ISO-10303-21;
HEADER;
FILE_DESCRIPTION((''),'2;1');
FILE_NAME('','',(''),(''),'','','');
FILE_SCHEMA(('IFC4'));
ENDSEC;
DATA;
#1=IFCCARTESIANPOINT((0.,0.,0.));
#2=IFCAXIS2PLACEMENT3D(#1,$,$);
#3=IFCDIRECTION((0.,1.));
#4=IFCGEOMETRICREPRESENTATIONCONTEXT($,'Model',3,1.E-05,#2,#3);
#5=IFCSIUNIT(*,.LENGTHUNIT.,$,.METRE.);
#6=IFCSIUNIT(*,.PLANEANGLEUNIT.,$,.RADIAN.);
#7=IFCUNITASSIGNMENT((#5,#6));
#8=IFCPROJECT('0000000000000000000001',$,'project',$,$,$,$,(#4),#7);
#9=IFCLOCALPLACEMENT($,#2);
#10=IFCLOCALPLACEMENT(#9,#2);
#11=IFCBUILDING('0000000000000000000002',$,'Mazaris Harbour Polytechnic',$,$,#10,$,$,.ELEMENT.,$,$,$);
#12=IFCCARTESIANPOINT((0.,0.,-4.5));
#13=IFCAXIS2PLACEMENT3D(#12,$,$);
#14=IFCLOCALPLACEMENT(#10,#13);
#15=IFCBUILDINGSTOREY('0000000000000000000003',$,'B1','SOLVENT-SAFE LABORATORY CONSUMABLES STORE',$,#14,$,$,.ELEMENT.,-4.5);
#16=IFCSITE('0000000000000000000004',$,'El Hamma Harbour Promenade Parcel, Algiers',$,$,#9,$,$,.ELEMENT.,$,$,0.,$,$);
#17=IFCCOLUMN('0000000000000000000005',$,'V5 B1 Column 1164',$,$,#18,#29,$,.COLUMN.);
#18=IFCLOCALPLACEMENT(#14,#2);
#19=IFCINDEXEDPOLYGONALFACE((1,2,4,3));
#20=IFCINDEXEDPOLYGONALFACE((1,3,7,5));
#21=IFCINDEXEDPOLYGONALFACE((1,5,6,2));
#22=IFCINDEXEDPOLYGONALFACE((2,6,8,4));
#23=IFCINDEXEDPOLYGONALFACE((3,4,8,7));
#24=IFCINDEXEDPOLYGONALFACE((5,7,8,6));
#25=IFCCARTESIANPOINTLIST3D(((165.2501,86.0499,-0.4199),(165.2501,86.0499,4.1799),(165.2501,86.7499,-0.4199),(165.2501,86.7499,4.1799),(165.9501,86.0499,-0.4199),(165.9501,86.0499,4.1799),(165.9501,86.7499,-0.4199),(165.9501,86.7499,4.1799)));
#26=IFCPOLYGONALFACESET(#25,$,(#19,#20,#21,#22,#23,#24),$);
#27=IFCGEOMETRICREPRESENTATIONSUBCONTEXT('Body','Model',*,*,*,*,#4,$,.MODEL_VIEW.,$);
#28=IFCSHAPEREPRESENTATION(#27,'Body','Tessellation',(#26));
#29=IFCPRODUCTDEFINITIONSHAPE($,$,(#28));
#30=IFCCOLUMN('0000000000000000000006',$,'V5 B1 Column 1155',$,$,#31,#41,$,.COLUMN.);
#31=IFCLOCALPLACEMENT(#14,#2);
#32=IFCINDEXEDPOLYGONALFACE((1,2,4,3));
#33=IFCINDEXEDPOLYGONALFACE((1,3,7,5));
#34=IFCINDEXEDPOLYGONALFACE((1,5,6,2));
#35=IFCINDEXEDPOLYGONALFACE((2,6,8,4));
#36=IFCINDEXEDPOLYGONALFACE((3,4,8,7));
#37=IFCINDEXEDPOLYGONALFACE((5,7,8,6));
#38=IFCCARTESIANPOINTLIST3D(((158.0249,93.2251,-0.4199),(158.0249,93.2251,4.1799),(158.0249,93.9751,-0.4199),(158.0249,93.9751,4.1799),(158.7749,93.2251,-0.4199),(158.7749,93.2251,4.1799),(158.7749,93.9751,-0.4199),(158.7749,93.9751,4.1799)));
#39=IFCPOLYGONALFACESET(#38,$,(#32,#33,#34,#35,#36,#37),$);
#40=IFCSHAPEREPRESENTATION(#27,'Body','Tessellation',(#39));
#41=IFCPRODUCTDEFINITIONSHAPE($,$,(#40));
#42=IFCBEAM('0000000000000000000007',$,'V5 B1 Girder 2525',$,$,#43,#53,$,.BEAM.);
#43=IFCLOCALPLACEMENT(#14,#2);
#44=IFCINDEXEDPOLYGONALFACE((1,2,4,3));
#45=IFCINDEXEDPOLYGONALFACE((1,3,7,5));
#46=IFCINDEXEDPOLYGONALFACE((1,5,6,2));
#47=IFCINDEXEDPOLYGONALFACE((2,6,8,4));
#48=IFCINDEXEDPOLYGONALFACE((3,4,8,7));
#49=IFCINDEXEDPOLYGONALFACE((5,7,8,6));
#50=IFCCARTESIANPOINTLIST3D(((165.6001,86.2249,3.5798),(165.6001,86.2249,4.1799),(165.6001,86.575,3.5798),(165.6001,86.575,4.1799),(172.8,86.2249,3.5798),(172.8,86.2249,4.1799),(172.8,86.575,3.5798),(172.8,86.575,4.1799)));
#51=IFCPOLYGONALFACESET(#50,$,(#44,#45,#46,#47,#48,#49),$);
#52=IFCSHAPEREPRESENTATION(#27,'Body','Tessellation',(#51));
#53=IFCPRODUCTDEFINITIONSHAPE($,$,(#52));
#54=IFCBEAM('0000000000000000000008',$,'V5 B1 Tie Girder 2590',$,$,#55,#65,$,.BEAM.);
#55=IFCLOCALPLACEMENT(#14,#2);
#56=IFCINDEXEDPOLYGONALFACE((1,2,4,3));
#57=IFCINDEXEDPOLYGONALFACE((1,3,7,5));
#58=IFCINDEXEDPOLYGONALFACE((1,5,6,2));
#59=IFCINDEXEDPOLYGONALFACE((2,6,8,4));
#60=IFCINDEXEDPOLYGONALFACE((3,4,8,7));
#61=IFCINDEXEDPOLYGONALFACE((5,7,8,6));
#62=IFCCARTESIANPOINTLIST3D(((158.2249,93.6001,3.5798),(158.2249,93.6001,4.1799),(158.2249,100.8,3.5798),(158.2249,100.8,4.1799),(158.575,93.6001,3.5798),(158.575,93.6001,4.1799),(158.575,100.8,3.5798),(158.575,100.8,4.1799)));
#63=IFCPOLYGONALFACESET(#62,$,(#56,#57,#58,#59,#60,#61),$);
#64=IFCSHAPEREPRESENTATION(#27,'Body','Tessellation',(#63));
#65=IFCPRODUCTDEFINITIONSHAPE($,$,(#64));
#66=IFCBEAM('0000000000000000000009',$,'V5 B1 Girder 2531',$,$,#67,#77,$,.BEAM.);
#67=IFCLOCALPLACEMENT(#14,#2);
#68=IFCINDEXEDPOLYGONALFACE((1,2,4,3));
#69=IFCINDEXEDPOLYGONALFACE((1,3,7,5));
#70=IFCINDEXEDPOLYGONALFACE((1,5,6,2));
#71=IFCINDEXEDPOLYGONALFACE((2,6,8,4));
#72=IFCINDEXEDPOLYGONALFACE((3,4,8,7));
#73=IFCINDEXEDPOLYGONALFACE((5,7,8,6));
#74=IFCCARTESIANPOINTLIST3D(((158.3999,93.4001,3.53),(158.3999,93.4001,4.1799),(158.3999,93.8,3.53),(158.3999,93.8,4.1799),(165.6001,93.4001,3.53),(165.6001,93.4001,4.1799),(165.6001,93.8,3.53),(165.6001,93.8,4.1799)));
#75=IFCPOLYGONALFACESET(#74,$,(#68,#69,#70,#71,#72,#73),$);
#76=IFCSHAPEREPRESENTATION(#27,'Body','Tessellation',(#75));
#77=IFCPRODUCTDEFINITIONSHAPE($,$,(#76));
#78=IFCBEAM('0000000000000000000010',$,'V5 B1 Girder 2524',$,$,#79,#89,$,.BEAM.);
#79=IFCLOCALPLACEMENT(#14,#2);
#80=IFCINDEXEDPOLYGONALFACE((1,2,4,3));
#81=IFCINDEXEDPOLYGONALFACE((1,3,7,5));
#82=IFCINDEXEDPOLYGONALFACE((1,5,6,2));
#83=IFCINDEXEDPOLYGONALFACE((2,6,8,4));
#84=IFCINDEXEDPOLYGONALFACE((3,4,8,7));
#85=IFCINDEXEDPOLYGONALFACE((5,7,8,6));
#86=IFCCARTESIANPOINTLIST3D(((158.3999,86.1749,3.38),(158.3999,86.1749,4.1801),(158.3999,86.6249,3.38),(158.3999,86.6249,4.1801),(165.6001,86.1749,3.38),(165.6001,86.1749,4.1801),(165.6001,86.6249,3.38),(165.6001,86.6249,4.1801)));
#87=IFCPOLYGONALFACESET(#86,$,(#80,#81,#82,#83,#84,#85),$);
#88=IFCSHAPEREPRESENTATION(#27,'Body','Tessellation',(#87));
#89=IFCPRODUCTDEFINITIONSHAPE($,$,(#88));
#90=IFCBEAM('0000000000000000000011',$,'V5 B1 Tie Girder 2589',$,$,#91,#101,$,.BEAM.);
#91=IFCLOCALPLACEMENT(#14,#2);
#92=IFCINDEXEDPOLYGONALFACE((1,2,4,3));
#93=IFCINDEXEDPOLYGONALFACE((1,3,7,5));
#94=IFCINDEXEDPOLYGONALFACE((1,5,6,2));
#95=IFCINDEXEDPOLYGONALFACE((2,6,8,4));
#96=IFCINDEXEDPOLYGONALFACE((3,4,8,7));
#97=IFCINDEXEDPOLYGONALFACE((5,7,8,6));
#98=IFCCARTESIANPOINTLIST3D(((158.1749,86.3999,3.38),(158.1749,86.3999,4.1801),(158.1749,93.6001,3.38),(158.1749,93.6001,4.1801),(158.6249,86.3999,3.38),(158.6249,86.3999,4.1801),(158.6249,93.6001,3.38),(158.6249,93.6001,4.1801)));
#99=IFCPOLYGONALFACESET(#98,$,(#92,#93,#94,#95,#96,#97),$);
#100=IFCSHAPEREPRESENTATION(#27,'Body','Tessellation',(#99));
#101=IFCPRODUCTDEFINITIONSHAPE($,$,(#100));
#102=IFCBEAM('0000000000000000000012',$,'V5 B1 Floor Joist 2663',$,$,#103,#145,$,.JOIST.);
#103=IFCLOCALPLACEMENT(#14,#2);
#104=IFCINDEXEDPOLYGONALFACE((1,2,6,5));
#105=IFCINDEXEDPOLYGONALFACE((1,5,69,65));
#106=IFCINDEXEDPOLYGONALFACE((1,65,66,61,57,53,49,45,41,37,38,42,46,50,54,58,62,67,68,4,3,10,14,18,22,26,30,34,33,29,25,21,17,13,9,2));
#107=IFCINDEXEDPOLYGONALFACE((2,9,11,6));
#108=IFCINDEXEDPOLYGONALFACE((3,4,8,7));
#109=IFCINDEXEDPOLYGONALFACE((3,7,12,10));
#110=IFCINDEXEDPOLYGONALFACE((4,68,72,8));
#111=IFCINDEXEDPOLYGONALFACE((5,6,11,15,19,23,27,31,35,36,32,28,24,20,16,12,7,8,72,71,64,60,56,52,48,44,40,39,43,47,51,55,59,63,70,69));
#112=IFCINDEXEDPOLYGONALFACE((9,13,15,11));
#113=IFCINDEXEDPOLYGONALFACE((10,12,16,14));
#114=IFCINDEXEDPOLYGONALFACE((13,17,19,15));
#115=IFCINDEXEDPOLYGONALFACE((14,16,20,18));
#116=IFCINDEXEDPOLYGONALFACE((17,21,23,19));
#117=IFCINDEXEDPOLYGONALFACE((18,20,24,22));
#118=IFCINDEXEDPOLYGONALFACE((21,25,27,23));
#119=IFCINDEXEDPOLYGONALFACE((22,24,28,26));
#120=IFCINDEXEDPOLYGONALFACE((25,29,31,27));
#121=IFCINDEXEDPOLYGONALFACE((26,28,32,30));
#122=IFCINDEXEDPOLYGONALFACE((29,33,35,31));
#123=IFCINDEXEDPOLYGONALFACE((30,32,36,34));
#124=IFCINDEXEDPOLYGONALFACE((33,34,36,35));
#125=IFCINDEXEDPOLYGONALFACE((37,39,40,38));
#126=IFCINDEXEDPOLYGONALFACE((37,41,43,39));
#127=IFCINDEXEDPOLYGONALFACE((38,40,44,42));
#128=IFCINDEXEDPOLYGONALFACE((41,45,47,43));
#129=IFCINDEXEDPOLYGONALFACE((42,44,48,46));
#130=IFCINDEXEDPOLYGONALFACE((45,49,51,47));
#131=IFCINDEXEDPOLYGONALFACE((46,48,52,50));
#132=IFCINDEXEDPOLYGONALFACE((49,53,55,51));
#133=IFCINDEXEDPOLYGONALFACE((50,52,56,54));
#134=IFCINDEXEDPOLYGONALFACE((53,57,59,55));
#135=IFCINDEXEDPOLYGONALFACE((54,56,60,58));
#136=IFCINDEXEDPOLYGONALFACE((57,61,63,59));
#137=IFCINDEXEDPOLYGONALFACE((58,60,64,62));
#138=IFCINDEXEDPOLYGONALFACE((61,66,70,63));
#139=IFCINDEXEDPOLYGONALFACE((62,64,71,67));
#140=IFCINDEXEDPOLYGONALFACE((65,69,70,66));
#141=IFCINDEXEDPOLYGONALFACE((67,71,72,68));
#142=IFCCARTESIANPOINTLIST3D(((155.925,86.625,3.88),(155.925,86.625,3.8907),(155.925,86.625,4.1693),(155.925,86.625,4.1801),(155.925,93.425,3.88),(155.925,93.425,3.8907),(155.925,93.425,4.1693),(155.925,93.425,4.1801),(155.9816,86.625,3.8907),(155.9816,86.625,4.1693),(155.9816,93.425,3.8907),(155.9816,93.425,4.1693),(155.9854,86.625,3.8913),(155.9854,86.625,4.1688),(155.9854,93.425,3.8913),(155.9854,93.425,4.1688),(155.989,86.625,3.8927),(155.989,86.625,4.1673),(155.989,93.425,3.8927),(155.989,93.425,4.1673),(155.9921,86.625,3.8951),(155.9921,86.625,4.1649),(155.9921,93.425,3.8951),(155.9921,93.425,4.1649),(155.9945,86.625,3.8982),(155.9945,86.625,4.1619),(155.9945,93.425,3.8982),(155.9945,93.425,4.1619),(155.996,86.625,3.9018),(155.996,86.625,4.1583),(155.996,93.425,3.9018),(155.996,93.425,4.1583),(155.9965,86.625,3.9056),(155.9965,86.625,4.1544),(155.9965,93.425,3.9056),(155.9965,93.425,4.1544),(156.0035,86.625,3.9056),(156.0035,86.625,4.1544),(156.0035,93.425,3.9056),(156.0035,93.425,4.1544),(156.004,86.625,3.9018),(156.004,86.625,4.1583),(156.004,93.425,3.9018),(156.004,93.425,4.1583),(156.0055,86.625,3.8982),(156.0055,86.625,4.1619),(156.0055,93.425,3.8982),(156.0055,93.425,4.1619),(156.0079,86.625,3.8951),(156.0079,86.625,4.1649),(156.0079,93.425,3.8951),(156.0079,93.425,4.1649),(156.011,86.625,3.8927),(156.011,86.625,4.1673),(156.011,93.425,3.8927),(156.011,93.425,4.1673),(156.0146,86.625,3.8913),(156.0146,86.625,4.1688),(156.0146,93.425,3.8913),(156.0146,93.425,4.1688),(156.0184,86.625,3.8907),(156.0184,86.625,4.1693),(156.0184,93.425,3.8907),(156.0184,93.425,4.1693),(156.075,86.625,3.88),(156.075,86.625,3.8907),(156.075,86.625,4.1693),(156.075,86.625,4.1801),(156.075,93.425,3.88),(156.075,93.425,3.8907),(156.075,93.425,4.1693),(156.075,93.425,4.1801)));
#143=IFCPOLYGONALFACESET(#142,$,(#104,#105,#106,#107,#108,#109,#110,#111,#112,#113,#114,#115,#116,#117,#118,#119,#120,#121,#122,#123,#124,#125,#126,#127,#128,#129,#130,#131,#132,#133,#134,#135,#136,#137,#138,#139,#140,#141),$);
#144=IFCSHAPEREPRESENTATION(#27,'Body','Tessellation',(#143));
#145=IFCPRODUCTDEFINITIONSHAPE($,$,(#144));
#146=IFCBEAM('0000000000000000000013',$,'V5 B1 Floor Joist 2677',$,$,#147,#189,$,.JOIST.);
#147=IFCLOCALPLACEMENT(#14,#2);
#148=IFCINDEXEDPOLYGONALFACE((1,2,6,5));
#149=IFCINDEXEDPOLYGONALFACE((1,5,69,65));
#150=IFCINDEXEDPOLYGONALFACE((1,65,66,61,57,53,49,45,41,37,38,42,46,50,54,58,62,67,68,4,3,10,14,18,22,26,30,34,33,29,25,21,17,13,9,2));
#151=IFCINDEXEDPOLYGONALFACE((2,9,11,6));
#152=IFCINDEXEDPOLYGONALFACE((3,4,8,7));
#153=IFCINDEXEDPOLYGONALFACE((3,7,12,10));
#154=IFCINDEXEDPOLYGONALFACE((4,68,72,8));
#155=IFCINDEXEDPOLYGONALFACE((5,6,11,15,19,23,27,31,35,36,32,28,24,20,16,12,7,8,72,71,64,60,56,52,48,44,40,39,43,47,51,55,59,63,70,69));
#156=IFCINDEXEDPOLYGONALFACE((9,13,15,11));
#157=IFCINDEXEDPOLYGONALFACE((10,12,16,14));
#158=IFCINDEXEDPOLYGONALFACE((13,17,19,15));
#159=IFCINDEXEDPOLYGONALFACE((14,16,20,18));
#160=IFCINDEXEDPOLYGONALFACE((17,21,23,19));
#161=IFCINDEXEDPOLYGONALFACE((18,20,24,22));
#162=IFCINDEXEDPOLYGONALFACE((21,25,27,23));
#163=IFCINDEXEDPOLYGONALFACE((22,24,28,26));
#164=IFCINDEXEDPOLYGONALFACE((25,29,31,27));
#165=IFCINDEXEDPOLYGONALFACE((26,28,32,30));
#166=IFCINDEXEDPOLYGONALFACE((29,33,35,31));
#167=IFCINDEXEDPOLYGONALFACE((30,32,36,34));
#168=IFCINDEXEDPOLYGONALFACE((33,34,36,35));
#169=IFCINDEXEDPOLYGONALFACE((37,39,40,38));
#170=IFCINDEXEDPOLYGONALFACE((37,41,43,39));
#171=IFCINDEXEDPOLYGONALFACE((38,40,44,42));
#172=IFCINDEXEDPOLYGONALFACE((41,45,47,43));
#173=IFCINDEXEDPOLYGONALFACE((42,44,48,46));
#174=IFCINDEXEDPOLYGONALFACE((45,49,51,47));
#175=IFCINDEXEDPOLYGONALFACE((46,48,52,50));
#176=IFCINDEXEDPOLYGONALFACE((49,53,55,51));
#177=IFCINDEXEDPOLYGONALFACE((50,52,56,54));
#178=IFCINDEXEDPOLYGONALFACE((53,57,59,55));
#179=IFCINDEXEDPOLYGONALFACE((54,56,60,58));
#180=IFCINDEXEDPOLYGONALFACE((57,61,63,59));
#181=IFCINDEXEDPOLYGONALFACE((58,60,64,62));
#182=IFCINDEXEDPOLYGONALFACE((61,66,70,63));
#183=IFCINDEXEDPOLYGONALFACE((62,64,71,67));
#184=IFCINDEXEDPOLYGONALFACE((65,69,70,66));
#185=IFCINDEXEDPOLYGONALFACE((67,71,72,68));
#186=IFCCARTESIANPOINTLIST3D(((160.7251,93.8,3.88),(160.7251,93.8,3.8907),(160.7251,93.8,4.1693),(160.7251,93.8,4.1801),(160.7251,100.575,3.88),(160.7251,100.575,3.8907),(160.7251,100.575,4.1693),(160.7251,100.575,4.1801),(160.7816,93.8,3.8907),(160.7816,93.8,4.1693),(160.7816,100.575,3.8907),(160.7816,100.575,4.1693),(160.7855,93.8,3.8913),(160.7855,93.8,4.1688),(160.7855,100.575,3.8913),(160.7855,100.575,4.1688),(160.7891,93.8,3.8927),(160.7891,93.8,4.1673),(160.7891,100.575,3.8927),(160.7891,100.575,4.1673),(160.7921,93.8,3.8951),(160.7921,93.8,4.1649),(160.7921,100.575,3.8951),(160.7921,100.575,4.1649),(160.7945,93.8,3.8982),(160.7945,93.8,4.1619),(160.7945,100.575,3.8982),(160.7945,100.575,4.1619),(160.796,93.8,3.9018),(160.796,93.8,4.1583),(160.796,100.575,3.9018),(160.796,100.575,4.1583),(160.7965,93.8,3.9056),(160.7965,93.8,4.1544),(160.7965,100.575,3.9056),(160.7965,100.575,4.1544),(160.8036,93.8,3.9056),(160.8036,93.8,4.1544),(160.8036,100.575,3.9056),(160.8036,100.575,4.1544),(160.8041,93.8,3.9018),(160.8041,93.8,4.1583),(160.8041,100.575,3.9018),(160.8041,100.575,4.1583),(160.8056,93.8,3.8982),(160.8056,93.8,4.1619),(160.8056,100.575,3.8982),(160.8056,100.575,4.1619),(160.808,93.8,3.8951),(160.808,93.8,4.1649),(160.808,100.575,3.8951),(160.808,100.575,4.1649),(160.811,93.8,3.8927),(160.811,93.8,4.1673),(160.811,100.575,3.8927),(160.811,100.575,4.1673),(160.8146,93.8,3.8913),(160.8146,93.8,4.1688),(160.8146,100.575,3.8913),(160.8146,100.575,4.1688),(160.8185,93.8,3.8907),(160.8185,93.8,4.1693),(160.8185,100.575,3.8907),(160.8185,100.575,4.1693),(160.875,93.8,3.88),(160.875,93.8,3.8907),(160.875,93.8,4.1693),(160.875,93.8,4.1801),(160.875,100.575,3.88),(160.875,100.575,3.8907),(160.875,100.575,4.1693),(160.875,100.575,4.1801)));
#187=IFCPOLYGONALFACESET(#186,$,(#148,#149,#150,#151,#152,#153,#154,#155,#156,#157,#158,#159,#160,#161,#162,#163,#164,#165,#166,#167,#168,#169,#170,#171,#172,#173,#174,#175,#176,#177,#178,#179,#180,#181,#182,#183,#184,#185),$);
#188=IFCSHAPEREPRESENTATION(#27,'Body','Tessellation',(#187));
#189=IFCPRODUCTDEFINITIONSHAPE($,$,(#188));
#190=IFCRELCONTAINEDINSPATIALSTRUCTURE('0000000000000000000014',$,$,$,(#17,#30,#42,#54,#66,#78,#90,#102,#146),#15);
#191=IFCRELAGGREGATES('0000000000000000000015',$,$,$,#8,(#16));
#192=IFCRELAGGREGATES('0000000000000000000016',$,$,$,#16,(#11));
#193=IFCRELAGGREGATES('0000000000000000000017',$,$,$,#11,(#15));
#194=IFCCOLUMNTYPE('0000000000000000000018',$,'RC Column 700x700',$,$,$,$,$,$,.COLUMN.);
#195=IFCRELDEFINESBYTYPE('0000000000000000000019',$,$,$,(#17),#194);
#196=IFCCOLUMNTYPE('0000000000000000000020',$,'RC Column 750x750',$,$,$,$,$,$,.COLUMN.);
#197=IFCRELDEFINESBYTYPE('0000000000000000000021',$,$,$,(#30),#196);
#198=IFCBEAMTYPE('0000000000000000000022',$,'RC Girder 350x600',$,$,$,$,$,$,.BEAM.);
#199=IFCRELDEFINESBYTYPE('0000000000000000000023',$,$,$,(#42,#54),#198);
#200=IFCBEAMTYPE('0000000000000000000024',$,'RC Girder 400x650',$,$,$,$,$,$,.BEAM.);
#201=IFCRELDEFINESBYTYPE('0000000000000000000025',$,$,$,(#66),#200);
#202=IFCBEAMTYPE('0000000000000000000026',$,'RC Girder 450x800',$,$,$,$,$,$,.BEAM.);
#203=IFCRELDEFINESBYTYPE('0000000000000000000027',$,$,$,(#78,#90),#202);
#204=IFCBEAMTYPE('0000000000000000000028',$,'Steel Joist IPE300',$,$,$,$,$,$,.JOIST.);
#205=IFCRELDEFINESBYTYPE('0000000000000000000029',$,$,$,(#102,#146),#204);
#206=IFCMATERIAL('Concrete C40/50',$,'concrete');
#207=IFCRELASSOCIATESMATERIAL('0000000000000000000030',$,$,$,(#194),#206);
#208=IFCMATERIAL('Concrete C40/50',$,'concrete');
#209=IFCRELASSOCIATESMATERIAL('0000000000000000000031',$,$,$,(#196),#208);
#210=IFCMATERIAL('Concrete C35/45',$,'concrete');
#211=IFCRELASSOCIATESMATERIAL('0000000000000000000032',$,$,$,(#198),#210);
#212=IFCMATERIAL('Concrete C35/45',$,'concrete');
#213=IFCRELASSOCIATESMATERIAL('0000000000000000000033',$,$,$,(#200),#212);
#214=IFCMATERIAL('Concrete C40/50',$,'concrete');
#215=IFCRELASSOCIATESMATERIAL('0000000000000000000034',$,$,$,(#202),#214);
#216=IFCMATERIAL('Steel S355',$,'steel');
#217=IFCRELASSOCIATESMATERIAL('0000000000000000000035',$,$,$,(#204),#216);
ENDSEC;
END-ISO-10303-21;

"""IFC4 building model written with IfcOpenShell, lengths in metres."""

from ifc_helpers import new_model, si_unit, direction, frame, origin, origin_2d, place, context, subcontext, project, spatial, rectangle, i_section, extrude, material, material_profile, profile_set, type_object, element, save


model = new_model("IFC4")

# Units and contexts
model_context = context("Model", 3, precision=1e-05, world=origin(), true_north=direction((0.0, 1.0)))
body_context = subcontext(model_context, "Body", "Model", "MODEL_VIEW")
ifc_project = project(units=[si_unit("LENGTHUNIT", "METRE"), si_unit("PLANEANGLEUNIT", "RADIAN")], contexts=[model_context])

# Site, building, storey
site_placement = place(None, origin())
site = spatial("IfcSite", under=ifc_project, at=site_placement, Name="El Hamma Harbour Promenade Parcel, Algiers", CompositionType="ELEMENT", RefElevation=0.0)
building_placement = place(site_placement, origin())
building = spatial("IfcBuilding", under=site, at=building_placement, Name="Mazaris Harbour Polytechnic", CompositionType="ELEMENT")
storey_placement = place(building_placement, frame((0.0, 0.0, -4.5)))
storey = spatial("IfcBuildingStorey", under=building, at=storey_placement, Name="B1", Description="SOLVENT-SAFE LABORATORY CONSUMABLES STORE", CompositionType="ELEMENT", Elevation=-4.5)

# Columns
ifc_material_1 = material(Name="Concrete C40/50", Category="concrete")
ifc_material_profile_1 = material_profile(ifc_material_1, rectangle(XDim=0.7, YDim=0.7, at=origin_2d()), Name="RECT700x700")
ifc_profile_set_1 = profile_set([ifc_material_profile_1], Name="Concrete C40/50")
column_type_1 = type_object("IfcColumnType", Name="RC Column 700x700", PredefinedType="COLUMN", material=ifc_profile_set_1)
for number, where, z_axis, x_axis, name in (
    (1, (165.6001, 86.3999, -0.4199), (0.0, 0.0, 1.0), (1.0, 0.0, 0.0), "V5 B1 Column 1164"),
):
    element("IfcColumn", number, at=place(storey_placement, frame(where, z_axis=z_axis, x_axis=x_axis)), inside=storey, type_object=column_type_1, Name=name, PredefinedType="COLUMN", context=body_context, shape_type="SweptSolid", body=[
        extrude(rectangle(XDim=0.7, YDim=0.7, at=origin_2d()), origin(), (0.0, 0.0, 1.0), 4.5999),
    ])
ifc_material_2 = material(Name="Concrete C40/50", Category="concrete")
ifc_material_profile_2 = material_profile(ifc_material_2, rectangle(XDim=0.75, YDim=0.75, at=origin_2d()), Name="RECT750x750")
ifc_profile_set_2 = profile_set([ifc_material_profile_2], Name="Concrete C40/50")
column_type_2 = type_object("IfcColumnType", Name="RC Column 750x750", PredefinedType="COLUMN", material=ifc_profile_set_2)
column_placement = place(storey_placement, frame((158.3999, 93.6001, -0.4199), z_axis=(0.0, 0.0, 1.0), x_axis=(1.0, 0.0, 0.0)))
element("IfcColumn", 2, at=column_placement, inside=storey, type_object=column_type_2, Name="V5 B1 Column 1155", PredefinedType="COLUMN", context=body_context, shape_type="SweptSolid", body=[
    extrude(rectangle(XDim=0.75, YDim=0.75, at=origin_2d()), origin(), (0.0, 0.0, 1.0), 4.5999),
])

# Beams
ifc_material_3 = material(Name="Concrete C35/45", Category="concrete")
ifc_material_profile_3 = material_profile(ifc_material_3, rectangle(XDim=0.3501, YDim=0.6001, at=origin_2d()), Name="RECT350x600")
ifc_profile_set_3 = profile_set([ifc_material_profile_3], Name="Concrete C35/45")
beam_type_1 = type_object("IfcBeamType", Name="RC Girder 350x600", PredefinedType="BEAM", material=ifc_profile_set_3)
for number, where, z_axis, x_axis, name in (
    (3, (165.6001, 86.3999, 3.8799), (1.0, 0.0, 0.0), (0.0, 1.0, 0.0), "V5 B1 Girder 2525"),
    (4, (158.3999, 93.6001, 3.8799), (0.0, 1.0, 0.0), (-1.0, 0.0, 0.0), "V5 B1 Tie Girder 2590"),
):
    element("IfcBeam", number, at=place(storey_placement, frame(where, z_axis=z_axis, x_axis=x_axis)), inside=storey, type_object=beam_type_1, Name=name, PredefinedType="BEAM", context=body_context, shape_type="SweptSolid", body=[
        extrude(rectangle(XDim=0.3501, YDim=0.6001, at=origin_2d()), origin(), (0.0, 0.0, 1.0), 7.2),
    ])
ifc_material_4 = material(Name="Concrete C35/45", Category="concrete")
ifc_material_profile_4 = material_profile(ifc_material_4, rectangle(XDim=0.3999, YDim=0.6499, at=origin_2d()), Name="RECT400x650")
ifc_profile_set_4 = profile_set([ifc_material_profile_4], Name="Concrete C35/45")
beam_type_2 = type_object("IfcBeamType", Name="RC Girder 400x650", PredefinedType="BEAM", material=ifc_profile_set_4)
beam_1_placement = place(storey_placement, frame((158.3999, 93.6001, 3.855), z_axis=(1.0, 0.0, 0.0), x_axis=(0.0, 1.0, 0.0)))
element("IfcBeam", 5, at=beam_1_placement, inside=storey, type_object=beam_type_2, Name="V5 B1 Girder 2531", PredefinedType="BEAM", context=body_context, shape_type="SweptSolid", body=[
    extrude(rectangle(XDim=0.3999, YDim=0.6499, at=origin_2d()), origin(), (0.0, 0.0, 1.0), 7.2002),
])
ifc_material_5 = material(Name="Concrete C40/50", Category="concrete")
ifc_material_profile_5 = material_profile(ifc_material_5, rectangle(XDim=0.45, YDim=0.8, at=origin_2d()), Name="RECT450x800")
ifc_profile_set_5 = profile_set([ifc_material_profile_5], Name="Concrete C40/50")
beam_type_3 = type_object("IfcBeamType", Name="RC Girder 450x800", PredefinedType="BEAM", material=ifc_profile_set_5)
for number, where, z_axis, x_axis, name in (
    (6, (158.3999, 86.3999, 3.78), (1.0, 0.0, 0.0), (0.0, 1.0, 0.0), "V5 B1 Girder 2524"),
    (7, (158.3999, 86.3999, 3.78), (0.0, 1.0, 0.0), (-1.0, 0.0, 0.0), "V5 B1 Tie Girder 2589"),
):
    element("IfcBeam", number, at=place(storey_placement, frame(where, z_axis=z_axis, x_axis=x_axis)), inside=storey, type_object=beam_type_3, Name=name, PredefinedType="BEAM", context=body_context, shape_type="SweptSolid", body=[
        extrude(rectangle(XDim=0.45, YDim=0.8, at=origin_2d()), origin(), (0.0, 0.0, 1.0), 7.2002),
    ])
ifc_material_6 = material(Name="Steel S355", Category="steel")
ifc_material_profile_6 = material_profile(ifc_material_6, i_section(OverallWidth=0.1499, OverallDepth=0.3, WebThickness=0.0071, FlangeThickness=0.0107, FilletRadius=0.0149, at=origin_2d()), Name="IPE 300")
ifc_profile_set_6 = profile_set([ifc_material_profile_6], Name="Steel S355")
beam_type_4 = type_object("IfcBeamType", Name="Steel Joist IPE300", PredefinedType="JOIST", material=ifc_profile_set_6)
beam_2_placement = place(storey_placement, frame((156.0, 86.625, 4.03), z_axis=(0.0, 1.0, 0.0), x_axis=(-1.0, 0.0, 0.0)))
element("IfcBeam", 8, at=beam_2_placement, inside=storey, type_object=beam_type_4, Name="V5 B1 Floor Joist 2663", PredefinedType="JOIST", context=body_context, shape_type="SweptSolid", body=[
    extrude(i_section(OverallWidth=0.1499, OverallDepth=0.3, WebThickness=0.0071, FlangeThickness=0.0107, FilletRadius=0.0149, at=origin_2d()), origin(), (0.0, 0.0, 1.0), 6.8),
])
beam_3_placement = place(storey_placement, frame((160.8, 93.8, 4.03), z_axis=(0.0, 1.0, 0.0), x_axis=(-1.0, 0.0, 0.0)))
element("IfcBeam", 9, at=beam_3_placement, inside=storey, type_object=beam_type_4, Name="V5 B1 Floor Joist 2677", PredefinedType="JOIST", context=body_context, shape_type="SweptSolid", body=[
    extrude(i_section(OverallWidth=0.1499, OverallDepth=0.3, WebThickness=0.0071, FlangeThickness=0.0107, FilletRadius=0.0149, at=origin_2d()), origin(), (0.0, 0.0, 1.0), 6.7749),
])

save(model, "model.ifc")
